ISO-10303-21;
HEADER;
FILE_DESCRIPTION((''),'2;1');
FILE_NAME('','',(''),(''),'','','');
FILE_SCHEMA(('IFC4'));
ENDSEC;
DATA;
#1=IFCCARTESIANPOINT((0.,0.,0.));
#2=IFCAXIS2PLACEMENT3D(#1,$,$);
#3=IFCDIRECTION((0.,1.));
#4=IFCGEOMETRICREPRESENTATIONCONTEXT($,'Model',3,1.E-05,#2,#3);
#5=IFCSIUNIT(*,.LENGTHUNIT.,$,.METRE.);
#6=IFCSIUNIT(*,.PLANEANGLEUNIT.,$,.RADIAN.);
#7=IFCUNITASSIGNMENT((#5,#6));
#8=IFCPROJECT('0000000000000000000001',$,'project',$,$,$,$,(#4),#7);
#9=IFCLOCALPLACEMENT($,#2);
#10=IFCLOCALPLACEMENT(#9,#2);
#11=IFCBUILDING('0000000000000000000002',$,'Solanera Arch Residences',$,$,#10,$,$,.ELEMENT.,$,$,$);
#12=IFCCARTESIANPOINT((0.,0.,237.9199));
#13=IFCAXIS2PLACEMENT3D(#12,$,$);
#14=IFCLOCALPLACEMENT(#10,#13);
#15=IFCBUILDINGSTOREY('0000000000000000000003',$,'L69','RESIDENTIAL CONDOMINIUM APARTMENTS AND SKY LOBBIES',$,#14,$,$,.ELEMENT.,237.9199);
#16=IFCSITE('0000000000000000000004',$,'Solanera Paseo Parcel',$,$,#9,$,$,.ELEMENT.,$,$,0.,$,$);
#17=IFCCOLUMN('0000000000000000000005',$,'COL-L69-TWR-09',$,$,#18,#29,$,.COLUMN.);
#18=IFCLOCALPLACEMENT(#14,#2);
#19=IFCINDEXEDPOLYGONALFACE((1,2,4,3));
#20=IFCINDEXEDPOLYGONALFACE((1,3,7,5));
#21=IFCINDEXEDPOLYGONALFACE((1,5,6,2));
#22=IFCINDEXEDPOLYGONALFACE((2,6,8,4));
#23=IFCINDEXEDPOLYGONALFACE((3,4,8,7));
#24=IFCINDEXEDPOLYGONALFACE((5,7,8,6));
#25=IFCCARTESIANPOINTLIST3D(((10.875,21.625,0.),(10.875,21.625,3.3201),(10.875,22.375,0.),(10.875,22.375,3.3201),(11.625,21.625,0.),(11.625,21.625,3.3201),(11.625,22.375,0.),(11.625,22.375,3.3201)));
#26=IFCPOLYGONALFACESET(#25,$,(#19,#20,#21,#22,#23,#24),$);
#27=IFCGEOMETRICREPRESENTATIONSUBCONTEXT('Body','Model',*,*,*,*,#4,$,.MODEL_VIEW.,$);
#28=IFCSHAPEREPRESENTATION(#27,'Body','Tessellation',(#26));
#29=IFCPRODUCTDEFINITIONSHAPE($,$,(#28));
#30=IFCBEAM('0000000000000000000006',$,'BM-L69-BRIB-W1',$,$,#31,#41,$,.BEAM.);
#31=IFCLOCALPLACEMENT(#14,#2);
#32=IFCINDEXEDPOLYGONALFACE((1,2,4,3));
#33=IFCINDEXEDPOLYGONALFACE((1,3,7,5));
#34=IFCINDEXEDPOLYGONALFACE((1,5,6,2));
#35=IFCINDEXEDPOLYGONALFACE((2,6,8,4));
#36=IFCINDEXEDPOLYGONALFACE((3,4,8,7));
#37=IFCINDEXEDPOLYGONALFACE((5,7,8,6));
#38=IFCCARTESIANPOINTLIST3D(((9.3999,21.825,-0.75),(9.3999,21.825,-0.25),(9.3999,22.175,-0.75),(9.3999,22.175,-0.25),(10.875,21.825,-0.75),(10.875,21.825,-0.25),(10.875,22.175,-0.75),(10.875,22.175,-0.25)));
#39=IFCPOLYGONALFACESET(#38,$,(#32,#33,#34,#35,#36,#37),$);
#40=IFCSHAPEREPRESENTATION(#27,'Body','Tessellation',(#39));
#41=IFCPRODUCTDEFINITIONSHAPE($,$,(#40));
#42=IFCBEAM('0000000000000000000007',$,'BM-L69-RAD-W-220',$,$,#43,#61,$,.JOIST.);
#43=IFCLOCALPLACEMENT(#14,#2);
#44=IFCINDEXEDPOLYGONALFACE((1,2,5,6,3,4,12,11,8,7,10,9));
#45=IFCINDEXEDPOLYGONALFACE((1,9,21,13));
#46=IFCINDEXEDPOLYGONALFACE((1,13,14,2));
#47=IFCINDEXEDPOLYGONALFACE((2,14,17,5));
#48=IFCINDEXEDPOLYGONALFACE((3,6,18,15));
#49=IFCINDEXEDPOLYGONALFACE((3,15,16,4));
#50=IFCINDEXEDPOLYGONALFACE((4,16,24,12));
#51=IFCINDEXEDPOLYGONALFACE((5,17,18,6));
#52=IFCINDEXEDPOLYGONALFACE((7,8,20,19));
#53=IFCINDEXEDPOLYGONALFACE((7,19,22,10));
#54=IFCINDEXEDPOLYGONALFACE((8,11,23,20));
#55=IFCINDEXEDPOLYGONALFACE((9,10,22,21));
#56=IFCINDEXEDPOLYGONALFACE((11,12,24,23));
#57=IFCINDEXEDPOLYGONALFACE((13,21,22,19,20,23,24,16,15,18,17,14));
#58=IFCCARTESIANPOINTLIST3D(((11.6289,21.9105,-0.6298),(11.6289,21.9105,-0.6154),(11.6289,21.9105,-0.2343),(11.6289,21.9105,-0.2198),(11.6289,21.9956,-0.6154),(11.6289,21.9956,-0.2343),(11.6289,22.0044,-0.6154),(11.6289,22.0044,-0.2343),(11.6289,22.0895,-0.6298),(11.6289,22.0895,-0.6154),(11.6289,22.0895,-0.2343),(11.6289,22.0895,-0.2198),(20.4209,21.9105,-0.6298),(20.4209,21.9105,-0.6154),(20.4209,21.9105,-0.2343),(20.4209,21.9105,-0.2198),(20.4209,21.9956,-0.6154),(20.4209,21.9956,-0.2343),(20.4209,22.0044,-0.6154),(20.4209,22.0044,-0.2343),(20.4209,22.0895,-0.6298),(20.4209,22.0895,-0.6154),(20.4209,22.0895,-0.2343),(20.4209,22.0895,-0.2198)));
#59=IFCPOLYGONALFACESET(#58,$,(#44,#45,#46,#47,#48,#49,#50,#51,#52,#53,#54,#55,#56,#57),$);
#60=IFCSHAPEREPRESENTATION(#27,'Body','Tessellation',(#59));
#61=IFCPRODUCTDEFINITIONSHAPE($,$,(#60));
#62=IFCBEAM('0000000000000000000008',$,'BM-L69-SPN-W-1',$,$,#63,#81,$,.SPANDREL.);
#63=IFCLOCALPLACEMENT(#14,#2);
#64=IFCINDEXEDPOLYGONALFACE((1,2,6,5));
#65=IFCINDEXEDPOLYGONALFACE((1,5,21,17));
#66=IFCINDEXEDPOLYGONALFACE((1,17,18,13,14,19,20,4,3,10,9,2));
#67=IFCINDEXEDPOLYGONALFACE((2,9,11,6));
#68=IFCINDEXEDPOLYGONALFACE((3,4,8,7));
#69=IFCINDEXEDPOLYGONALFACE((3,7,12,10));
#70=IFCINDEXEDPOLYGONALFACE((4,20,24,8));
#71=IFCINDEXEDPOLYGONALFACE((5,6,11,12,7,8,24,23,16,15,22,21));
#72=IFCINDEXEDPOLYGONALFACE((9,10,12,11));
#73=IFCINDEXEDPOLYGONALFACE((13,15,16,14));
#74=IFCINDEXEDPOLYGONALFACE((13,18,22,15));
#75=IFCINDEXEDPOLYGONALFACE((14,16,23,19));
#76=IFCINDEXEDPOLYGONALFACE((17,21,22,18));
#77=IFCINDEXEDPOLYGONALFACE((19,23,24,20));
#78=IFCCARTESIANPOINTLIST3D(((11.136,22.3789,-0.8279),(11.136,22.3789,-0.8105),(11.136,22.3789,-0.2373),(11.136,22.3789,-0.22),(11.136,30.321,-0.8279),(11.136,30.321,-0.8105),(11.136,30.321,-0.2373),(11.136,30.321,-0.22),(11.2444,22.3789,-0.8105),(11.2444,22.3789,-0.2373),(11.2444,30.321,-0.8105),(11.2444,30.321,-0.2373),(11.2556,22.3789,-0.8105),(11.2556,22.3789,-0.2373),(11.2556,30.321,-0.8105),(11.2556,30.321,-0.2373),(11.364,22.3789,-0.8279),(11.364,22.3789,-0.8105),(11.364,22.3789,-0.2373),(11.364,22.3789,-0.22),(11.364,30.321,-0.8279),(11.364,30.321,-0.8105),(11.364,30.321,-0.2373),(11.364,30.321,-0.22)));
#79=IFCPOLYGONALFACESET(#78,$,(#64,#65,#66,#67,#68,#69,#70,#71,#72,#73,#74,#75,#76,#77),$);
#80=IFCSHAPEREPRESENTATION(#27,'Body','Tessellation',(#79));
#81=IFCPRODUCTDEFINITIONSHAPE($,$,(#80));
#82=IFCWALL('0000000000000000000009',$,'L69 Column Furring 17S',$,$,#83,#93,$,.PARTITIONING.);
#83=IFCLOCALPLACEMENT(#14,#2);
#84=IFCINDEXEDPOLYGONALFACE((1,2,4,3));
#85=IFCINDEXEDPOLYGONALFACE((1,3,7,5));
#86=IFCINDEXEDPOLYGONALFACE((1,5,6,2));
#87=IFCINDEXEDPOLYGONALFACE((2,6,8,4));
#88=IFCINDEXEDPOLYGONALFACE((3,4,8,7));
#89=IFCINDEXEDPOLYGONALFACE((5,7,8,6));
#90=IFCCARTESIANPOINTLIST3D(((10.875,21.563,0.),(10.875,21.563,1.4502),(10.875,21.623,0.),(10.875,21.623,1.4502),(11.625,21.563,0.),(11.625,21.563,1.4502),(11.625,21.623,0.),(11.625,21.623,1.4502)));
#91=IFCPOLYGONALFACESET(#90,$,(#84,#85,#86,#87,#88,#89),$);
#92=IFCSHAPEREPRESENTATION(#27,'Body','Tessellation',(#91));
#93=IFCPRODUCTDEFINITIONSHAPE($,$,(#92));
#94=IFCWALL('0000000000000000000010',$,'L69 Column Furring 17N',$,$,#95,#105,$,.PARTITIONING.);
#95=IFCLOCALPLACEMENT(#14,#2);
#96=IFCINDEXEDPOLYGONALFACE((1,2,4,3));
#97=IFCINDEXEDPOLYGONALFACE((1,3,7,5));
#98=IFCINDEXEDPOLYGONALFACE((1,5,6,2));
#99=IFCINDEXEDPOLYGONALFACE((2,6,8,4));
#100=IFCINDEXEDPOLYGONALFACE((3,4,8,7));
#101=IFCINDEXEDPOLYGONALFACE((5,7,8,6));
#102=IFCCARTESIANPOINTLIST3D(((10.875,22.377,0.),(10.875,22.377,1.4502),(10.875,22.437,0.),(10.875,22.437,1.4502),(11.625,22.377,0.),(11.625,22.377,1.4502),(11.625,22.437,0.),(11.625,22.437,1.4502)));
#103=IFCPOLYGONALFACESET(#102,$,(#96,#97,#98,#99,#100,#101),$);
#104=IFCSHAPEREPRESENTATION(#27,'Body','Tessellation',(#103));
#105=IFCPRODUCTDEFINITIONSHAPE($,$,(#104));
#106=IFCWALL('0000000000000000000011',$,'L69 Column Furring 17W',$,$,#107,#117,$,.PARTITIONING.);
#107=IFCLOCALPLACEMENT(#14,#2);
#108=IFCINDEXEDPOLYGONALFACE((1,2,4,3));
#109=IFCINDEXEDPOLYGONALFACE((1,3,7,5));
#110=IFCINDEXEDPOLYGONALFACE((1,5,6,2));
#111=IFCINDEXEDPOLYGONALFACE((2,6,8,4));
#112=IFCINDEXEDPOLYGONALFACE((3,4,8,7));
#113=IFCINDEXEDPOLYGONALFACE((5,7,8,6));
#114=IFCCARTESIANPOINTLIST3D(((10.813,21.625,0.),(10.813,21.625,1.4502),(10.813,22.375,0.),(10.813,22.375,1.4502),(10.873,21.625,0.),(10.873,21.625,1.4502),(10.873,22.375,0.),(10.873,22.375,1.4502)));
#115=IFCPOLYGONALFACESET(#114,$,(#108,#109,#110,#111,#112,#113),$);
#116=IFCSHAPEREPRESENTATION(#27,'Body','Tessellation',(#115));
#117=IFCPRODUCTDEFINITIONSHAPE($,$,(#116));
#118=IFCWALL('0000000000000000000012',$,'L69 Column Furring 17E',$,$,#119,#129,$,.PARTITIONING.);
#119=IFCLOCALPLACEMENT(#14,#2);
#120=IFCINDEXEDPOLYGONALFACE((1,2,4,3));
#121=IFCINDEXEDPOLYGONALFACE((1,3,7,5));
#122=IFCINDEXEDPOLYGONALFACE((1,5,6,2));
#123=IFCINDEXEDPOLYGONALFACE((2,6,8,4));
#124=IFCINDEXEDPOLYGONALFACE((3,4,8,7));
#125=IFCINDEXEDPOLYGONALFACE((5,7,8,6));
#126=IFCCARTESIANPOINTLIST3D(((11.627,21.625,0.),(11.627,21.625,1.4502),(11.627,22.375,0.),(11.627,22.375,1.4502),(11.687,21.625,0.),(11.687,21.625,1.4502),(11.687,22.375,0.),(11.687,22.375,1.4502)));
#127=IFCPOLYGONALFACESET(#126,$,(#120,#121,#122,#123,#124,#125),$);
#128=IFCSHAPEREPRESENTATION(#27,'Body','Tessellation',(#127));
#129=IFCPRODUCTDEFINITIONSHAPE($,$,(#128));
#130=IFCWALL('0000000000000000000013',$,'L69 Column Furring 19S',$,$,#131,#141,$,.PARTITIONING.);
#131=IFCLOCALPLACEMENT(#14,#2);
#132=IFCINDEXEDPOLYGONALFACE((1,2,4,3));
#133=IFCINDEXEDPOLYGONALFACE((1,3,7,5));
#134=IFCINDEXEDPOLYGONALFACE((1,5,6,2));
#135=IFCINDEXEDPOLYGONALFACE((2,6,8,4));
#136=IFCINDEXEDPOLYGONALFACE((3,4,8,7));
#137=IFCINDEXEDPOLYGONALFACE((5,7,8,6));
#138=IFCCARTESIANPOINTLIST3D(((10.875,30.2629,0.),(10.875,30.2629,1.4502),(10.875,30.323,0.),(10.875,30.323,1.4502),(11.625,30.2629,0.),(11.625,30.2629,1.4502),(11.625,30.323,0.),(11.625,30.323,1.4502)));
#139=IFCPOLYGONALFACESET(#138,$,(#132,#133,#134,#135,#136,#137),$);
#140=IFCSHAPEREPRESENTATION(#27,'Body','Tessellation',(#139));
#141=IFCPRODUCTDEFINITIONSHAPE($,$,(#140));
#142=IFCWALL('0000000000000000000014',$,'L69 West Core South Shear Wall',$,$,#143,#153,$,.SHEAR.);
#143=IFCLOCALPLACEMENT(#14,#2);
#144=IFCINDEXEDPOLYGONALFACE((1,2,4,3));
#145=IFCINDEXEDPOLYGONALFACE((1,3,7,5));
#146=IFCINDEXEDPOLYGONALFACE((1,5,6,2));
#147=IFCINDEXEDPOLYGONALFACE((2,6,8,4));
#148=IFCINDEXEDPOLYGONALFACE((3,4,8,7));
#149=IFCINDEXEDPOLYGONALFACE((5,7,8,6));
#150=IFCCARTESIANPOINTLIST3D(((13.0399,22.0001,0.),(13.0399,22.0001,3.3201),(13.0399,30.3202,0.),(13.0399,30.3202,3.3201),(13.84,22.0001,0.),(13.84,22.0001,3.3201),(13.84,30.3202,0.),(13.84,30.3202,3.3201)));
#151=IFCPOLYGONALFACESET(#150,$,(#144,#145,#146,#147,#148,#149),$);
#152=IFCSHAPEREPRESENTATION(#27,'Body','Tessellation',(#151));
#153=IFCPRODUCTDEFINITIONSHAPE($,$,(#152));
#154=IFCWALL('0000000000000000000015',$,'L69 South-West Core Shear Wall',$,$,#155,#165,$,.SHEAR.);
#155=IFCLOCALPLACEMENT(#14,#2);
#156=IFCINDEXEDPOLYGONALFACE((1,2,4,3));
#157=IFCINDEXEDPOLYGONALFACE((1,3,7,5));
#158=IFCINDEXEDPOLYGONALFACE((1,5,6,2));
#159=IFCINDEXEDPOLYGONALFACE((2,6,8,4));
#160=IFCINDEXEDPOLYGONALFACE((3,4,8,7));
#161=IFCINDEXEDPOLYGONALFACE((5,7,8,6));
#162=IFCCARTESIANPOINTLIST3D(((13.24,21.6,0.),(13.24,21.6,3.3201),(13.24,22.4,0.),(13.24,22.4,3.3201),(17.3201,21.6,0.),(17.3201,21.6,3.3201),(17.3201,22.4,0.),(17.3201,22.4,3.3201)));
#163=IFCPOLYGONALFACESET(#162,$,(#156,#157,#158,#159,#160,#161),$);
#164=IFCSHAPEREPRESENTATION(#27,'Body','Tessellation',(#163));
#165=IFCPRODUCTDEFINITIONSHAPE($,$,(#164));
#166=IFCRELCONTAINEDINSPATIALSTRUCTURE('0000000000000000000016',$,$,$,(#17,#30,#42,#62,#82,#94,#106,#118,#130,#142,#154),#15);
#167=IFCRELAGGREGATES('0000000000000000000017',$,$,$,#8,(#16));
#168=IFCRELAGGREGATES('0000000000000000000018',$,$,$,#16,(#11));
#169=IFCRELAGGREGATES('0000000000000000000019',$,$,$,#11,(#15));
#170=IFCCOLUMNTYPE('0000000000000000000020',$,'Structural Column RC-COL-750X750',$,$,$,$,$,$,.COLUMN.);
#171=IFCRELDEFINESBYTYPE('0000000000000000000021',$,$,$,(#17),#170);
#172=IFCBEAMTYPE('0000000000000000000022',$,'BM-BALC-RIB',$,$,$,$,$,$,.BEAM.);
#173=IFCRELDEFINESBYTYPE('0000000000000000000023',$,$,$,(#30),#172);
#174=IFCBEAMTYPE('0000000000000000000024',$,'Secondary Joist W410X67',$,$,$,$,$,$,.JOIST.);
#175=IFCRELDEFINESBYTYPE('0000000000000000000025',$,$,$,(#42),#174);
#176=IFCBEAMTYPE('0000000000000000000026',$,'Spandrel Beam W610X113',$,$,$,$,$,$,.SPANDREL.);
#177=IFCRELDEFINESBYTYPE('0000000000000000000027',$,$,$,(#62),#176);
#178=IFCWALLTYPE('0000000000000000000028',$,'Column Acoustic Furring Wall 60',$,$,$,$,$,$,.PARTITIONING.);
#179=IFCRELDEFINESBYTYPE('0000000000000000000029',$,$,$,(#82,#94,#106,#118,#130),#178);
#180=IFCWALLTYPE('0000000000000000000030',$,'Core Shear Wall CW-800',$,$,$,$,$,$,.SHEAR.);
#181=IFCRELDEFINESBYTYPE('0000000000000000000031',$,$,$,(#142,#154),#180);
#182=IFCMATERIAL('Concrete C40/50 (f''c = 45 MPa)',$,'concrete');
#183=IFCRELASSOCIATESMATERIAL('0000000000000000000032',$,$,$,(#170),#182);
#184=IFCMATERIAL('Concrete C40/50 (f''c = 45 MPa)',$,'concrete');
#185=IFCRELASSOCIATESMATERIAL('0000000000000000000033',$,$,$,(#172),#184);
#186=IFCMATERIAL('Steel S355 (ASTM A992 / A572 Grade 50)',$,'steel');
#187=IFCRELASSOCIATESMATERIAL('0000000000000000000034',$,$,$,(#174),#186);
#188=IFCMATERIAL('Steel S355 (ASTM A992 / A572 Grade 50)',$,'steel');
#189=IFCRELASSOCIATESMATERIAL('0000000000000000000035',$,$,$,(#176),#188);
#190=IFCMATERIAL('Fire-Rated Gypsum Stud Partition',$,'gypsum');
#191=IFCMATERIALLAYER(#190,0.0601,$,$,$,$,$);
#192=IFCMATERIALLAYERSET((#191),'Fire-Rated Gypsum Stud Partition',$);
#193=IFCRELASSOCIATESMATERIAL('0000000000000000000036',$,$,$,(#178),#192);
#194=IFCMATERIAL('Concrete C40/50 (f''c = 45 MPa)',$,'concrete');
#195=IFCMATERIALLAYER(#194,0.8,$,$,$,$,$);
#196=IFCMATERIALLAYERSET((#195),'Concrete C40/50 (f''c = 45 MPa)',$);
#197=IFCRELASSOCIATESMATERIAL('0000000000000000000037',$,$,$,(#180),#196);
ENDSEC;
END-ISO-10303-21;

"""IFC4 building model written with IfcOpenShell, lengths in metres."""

from ifc_helpers import new_model, si_unit, direction, frame, frame_2d, origin, origin_2d, place, context, subcontext, project, spatial, rectangle, i_section, extrude, material, layer, layer_set, material_profile, profile_set, type_object, element, save


model = new_model("IFC4")

# Units and contexts
model_context = context("Model", 3, precision=1e-05, world=origin(), true_north=direction((0.0, 1.0)))
body_context = subcontext(model_context, "Body", "Model", "MODEL_VIEW")
ifc_project = project(units=[si_unit("LENGTHUNIT", "METRE"), si_unit("PLANEANGLEUNIT", "RADIAN")], contexts=[model_context])

# Site, building, storey
site_placement = place(None, origin())
site = spatial("IfcSite", under=ifc_project, at=site_placement, Name="Solanera Paseo Parcel", CompositionType="ELEMENT", RefElevation=0.0)
building_placement = place(site_placement, origin())
building = spatial("IfcBuilding", under=site, at=building_placement, Name="Solanera Arch Residences", CompositionType="ELEMENT")
storey_placement = place(building_placement, frame((0.0, 0.0, 237.9199)))
storey = spatial("IfcBuildingStorey", under=building, at=storey_placement, Name="L69", Description="RESIDENTIAL CONDOMINIUM APARTMENTS AND SKY LOBBIES", CompositionType="ELEMENT", Elevation=237.9199)

# Column
ifc_material_1 = material(Name="Concrete C40/50 (f'c = 45 MPa)", Category="concrete")
ifc_material_profile_1 = material_profile(ifc_material_1, rectangle(XDim=0.75, YDim=0.75, at=origin_2d()))
ifc_profile_set_1 = profile_set([ifc_material_profile_1], Name="Concrete C40/50 (f'c = 45 MPa)")
column_type = type_object("IfcColumnType", Name="Structural Column RC-COL-750X750", PredefinedType="COLUMN", material=ifc_profile_set_1)
column_placement = place(storey_placement, frame((11.25, 22.0, 0.0), z_axis=(0.0, 0.0, 1.0), x_axis=(1.0, 0.0, 0.0)))
element("IfcColumn", 1, at=column_placement, inside=storey, type_object=column_type, Name="COL-L69-TWR-09", PredefinedType="COLUMN", context=body_context, shape_type="SweptSolid", body=[
    extrude(rectangle(XDim=0.75, YDim=0.75, at=origin_2d()), origin(), (0.0, 0.0, 1.0), 3.3201),
])

# Beams
ifc_material_2 = material(Name="Concrete C40/50 (f'c = 45 MPa)", Category="concrete")
ifc_material_profile_2 = material_profile(ifc_material_2, rectangle(XDim=0.3501, YDim=0.5, at=origin_2d()))
ifc_profile_set_2 = profile_set([ifc_material_profile_2], Name="Concrete C40/50 (f'c = 45 MPa)")
beam_type_1 = type_object("IfcBeamType", Name="BM-BALC-RIB", PredefinedType="BEAM", material=ifc_profile_set_2)
beam_1_placement = place(storey_placement, frame((9.3999, 22.0, -0.5), z_axis=(1.0, 0.0, 0.0), x_axis=(0.0, 1.0, 0.0)))
element("IfcBeam", 2, at=beam_1_placement, inside=storey, type_object=beam_type_1, Name="BM-L69-BRIB-W1", PredefinedType="BEAM", context=body_context, shape_type="SweptSolid", body=[
    extrude(rectangle(XDim=0.3501, YDim=0.5, at=origin_2d()), origin(), (0.0, 0.0, 1.0), 1.4751),
])
ifc_material_3 = material(Name="Steel S355 (ASTM A992 / A572 Grade 50)", Category="steel")
ifc_material_profile_3 = material_profile(ifc_material_3, i_section(OverallWidth=0.179, OverallDepth=0.4099, WebThickness=0.0088, FlangeThickness=0.0144, at=origin_2d()))
ifc_profile_set_3 = profile_set([ifc_material_profile_3], Name="Steel S355 (ASTM A992 / A572 Grade 50)")
beam_type_2 = type_object("IfcBeamType", Name="Secondary Joist W410X67", PredefinedType="JOIST", material=ifc_profile_set_3)
beam_2_placement = place(storey_placement, frame((11.6289, 22.0, -0.4248), z_axis=(1.0, 0.0, 0.0), x_axis=(0.0, 1.0, 0.0)))
element("IfcBeam", 3, at=beam_2_placement, inside=storey, type_object=beam_type_2, Name="BM-L69-RAD-W-220", PredefinedType="JOIST", context=body_context, shape_type="SweptSolid", body=[
    extrude(i_section(OverallWidth=0.179, OverallDepth=0.4099, WebThickness=0.0088, FlangeThickness=0.0144, at=origin_2d()), origin(), (0.0, 0.0, 1.0), 8.792),
])
ifc_material_4 = material(Name="Steel S355 (ASTM A992 / A572 Grade 50)", Category="steel")
ifc_material_profile_4 = material_profile(ifc_material_4, i_section(OverallWidth=0.228, OverallDepth=0.6079, WebThickness=0.0112, FlangeThickness=0.0173, at=origin_2d()))
ifc_profile_set_4 = profile_set([ifc_material_profile_4], Name="Steel S355 (ASTM A992 / A572 Grade 50)")
beam_type_3 = type_object("IfcBeamType", Name="Spandrel Beam W610X113", PredefinedType="SPANDREL", material=ifc_profile_set_4)
beam_3_placement = place(storey_placement, frame((11.25, 22.3789, -0.5239), z_axis=(0.0, 1.0, 0.0), x_axis=(-1.0, 0.0, 0.0)))
element("IfcBeam", 4, at=beam_3_placement, inside=storey, type_object=beam_type_3, Name="BM-L69-SPN-W-1", PredefinedType="SPANDREL", context=body_context, shape_type="SweptSolid", body=[
    extrude(i_section(OverallWidth=0.228, OverallDepth=0.6079, WebThickness=0.0112, FlangeThickness=0.0173, at=origin_2d()), origin(), (0.0, 0.0, 1.0), 7.9421),
])

# Walls
ifc_material_5 = material(Name="Fire-Rated Gypsum Stud Partition", Category="gypsum")
ifc_layer_1 = layer(ifc_material_5, 0.0601)
ifc_layer_set_1 = layer_set([ifc_layer_1], Name="Fire-Rated Gypsum Stud Partition")
wall_type_1 = type_object("IfcWallType", Name="Column Acoustic Furring Wall 60", PredefinedType="PARTITIONING", material=ifc_layer_set_1)
for number, where, z_axis, x_axis, name in (
    (5, (10.875, 21.593, 0.0), (0.0, 0.0, 1.0), (1.0, 0.0, 0.0), "L69 Column Furring 17S"),
    (6, (10.875, 22.407, 0.0), (0.0, 0.0, 1.0), (1.0, 0.0, 0.0), "L69 Column Furring 17N"),
    (7, (10.843, 21.625, 0.0), (0.0, 0.0, 1.0), (0.0, 1.0, 0.0), "L69 Column Furring 17W"),
    (8, (11.657, 21.625, 0.0), (0.0, 0.0, 1.0), (0.0, 1.0, 0.0), "L69 Column Furring 17E"),
    (9, (10.875, 30.293, 0.0), (0.0, 0.0, 1.0), (1.0, 0.0, 0.0), "L69 Column Furring 19S"),
):
    element("IfcWall", number, at=place(storey_placement, frame(where, z_axis=z_axis, x_axis=x_axis)), inside=storey, type_object=wall_type_1, Name=name, PredefinedType="PARTITIONING", context=body_context, shape_type="SweptSolid", body=[
        extrude(rectangle(XDim=0.75, YDim=0.0601, at=frame_2d((0.375, 0.0))), origin(), (0.0, 0.0, 1.0), 1.4502),
    ])
ifc_material_6 = material(Name="Concrete C40/50 (f'c = 45 MPa)", Category="concrete")
ifc_layer_2 = layer(ifc_material_6, 0.8)
ifc_layer_set_2 = layer_set([ifc_layer_2], Name="Concrete C40/50 (f'c = 45 MPa)")
wall_type_2 = type_object("IfcWallType", Name="Core Shear Wall CW-800", PredefinedType="SHEAR", material=ifc_layer_set_2)
wall_1_placement = place(storey_placement, frame((13.4399, 22.0, 0.0), z_axis=(0.0, 0.0, 1.0), x_axis=(0.0, 1.0, 0.0)))
element("IfcWall", 10, at=wall_1_placement, inside=storey, type_object=wall_type_2, Name="L69 West Core South Shear Wall", PredefinedType="SHEAR", context=body_context, shape_type="SweptSolid", body=[
    extrude(rectangle(XDim=8.3201, YDim=0.8, at=frame_2d((4.1602, 0.0))), origin(), (0.0, 0.0, 1.0), 3.3201),
])
wall_2_placement = place(storey_placement, frame((13.24, 22.0, 0.0), z_axis=(0.0, 0.0, 1.0), x_axis=(1.0, 0.0, 0.0)))
element("IfcWall", 11, at=wall_2_placement, inside=storey, type_object=wall_type_2, Name="L69 South-West Core Shear Wall", PredefinedType="SHEAR", context=body_context, shape_type="SweptSolid", body=[
    extrude(rectangle(XDim=4.0801, YDim=0.8, at=frame_2d((2.04, 0.0))), origin(), (0.0, 0.0, 1.0), 3.3201),
])

save(model, "model.ifc")
